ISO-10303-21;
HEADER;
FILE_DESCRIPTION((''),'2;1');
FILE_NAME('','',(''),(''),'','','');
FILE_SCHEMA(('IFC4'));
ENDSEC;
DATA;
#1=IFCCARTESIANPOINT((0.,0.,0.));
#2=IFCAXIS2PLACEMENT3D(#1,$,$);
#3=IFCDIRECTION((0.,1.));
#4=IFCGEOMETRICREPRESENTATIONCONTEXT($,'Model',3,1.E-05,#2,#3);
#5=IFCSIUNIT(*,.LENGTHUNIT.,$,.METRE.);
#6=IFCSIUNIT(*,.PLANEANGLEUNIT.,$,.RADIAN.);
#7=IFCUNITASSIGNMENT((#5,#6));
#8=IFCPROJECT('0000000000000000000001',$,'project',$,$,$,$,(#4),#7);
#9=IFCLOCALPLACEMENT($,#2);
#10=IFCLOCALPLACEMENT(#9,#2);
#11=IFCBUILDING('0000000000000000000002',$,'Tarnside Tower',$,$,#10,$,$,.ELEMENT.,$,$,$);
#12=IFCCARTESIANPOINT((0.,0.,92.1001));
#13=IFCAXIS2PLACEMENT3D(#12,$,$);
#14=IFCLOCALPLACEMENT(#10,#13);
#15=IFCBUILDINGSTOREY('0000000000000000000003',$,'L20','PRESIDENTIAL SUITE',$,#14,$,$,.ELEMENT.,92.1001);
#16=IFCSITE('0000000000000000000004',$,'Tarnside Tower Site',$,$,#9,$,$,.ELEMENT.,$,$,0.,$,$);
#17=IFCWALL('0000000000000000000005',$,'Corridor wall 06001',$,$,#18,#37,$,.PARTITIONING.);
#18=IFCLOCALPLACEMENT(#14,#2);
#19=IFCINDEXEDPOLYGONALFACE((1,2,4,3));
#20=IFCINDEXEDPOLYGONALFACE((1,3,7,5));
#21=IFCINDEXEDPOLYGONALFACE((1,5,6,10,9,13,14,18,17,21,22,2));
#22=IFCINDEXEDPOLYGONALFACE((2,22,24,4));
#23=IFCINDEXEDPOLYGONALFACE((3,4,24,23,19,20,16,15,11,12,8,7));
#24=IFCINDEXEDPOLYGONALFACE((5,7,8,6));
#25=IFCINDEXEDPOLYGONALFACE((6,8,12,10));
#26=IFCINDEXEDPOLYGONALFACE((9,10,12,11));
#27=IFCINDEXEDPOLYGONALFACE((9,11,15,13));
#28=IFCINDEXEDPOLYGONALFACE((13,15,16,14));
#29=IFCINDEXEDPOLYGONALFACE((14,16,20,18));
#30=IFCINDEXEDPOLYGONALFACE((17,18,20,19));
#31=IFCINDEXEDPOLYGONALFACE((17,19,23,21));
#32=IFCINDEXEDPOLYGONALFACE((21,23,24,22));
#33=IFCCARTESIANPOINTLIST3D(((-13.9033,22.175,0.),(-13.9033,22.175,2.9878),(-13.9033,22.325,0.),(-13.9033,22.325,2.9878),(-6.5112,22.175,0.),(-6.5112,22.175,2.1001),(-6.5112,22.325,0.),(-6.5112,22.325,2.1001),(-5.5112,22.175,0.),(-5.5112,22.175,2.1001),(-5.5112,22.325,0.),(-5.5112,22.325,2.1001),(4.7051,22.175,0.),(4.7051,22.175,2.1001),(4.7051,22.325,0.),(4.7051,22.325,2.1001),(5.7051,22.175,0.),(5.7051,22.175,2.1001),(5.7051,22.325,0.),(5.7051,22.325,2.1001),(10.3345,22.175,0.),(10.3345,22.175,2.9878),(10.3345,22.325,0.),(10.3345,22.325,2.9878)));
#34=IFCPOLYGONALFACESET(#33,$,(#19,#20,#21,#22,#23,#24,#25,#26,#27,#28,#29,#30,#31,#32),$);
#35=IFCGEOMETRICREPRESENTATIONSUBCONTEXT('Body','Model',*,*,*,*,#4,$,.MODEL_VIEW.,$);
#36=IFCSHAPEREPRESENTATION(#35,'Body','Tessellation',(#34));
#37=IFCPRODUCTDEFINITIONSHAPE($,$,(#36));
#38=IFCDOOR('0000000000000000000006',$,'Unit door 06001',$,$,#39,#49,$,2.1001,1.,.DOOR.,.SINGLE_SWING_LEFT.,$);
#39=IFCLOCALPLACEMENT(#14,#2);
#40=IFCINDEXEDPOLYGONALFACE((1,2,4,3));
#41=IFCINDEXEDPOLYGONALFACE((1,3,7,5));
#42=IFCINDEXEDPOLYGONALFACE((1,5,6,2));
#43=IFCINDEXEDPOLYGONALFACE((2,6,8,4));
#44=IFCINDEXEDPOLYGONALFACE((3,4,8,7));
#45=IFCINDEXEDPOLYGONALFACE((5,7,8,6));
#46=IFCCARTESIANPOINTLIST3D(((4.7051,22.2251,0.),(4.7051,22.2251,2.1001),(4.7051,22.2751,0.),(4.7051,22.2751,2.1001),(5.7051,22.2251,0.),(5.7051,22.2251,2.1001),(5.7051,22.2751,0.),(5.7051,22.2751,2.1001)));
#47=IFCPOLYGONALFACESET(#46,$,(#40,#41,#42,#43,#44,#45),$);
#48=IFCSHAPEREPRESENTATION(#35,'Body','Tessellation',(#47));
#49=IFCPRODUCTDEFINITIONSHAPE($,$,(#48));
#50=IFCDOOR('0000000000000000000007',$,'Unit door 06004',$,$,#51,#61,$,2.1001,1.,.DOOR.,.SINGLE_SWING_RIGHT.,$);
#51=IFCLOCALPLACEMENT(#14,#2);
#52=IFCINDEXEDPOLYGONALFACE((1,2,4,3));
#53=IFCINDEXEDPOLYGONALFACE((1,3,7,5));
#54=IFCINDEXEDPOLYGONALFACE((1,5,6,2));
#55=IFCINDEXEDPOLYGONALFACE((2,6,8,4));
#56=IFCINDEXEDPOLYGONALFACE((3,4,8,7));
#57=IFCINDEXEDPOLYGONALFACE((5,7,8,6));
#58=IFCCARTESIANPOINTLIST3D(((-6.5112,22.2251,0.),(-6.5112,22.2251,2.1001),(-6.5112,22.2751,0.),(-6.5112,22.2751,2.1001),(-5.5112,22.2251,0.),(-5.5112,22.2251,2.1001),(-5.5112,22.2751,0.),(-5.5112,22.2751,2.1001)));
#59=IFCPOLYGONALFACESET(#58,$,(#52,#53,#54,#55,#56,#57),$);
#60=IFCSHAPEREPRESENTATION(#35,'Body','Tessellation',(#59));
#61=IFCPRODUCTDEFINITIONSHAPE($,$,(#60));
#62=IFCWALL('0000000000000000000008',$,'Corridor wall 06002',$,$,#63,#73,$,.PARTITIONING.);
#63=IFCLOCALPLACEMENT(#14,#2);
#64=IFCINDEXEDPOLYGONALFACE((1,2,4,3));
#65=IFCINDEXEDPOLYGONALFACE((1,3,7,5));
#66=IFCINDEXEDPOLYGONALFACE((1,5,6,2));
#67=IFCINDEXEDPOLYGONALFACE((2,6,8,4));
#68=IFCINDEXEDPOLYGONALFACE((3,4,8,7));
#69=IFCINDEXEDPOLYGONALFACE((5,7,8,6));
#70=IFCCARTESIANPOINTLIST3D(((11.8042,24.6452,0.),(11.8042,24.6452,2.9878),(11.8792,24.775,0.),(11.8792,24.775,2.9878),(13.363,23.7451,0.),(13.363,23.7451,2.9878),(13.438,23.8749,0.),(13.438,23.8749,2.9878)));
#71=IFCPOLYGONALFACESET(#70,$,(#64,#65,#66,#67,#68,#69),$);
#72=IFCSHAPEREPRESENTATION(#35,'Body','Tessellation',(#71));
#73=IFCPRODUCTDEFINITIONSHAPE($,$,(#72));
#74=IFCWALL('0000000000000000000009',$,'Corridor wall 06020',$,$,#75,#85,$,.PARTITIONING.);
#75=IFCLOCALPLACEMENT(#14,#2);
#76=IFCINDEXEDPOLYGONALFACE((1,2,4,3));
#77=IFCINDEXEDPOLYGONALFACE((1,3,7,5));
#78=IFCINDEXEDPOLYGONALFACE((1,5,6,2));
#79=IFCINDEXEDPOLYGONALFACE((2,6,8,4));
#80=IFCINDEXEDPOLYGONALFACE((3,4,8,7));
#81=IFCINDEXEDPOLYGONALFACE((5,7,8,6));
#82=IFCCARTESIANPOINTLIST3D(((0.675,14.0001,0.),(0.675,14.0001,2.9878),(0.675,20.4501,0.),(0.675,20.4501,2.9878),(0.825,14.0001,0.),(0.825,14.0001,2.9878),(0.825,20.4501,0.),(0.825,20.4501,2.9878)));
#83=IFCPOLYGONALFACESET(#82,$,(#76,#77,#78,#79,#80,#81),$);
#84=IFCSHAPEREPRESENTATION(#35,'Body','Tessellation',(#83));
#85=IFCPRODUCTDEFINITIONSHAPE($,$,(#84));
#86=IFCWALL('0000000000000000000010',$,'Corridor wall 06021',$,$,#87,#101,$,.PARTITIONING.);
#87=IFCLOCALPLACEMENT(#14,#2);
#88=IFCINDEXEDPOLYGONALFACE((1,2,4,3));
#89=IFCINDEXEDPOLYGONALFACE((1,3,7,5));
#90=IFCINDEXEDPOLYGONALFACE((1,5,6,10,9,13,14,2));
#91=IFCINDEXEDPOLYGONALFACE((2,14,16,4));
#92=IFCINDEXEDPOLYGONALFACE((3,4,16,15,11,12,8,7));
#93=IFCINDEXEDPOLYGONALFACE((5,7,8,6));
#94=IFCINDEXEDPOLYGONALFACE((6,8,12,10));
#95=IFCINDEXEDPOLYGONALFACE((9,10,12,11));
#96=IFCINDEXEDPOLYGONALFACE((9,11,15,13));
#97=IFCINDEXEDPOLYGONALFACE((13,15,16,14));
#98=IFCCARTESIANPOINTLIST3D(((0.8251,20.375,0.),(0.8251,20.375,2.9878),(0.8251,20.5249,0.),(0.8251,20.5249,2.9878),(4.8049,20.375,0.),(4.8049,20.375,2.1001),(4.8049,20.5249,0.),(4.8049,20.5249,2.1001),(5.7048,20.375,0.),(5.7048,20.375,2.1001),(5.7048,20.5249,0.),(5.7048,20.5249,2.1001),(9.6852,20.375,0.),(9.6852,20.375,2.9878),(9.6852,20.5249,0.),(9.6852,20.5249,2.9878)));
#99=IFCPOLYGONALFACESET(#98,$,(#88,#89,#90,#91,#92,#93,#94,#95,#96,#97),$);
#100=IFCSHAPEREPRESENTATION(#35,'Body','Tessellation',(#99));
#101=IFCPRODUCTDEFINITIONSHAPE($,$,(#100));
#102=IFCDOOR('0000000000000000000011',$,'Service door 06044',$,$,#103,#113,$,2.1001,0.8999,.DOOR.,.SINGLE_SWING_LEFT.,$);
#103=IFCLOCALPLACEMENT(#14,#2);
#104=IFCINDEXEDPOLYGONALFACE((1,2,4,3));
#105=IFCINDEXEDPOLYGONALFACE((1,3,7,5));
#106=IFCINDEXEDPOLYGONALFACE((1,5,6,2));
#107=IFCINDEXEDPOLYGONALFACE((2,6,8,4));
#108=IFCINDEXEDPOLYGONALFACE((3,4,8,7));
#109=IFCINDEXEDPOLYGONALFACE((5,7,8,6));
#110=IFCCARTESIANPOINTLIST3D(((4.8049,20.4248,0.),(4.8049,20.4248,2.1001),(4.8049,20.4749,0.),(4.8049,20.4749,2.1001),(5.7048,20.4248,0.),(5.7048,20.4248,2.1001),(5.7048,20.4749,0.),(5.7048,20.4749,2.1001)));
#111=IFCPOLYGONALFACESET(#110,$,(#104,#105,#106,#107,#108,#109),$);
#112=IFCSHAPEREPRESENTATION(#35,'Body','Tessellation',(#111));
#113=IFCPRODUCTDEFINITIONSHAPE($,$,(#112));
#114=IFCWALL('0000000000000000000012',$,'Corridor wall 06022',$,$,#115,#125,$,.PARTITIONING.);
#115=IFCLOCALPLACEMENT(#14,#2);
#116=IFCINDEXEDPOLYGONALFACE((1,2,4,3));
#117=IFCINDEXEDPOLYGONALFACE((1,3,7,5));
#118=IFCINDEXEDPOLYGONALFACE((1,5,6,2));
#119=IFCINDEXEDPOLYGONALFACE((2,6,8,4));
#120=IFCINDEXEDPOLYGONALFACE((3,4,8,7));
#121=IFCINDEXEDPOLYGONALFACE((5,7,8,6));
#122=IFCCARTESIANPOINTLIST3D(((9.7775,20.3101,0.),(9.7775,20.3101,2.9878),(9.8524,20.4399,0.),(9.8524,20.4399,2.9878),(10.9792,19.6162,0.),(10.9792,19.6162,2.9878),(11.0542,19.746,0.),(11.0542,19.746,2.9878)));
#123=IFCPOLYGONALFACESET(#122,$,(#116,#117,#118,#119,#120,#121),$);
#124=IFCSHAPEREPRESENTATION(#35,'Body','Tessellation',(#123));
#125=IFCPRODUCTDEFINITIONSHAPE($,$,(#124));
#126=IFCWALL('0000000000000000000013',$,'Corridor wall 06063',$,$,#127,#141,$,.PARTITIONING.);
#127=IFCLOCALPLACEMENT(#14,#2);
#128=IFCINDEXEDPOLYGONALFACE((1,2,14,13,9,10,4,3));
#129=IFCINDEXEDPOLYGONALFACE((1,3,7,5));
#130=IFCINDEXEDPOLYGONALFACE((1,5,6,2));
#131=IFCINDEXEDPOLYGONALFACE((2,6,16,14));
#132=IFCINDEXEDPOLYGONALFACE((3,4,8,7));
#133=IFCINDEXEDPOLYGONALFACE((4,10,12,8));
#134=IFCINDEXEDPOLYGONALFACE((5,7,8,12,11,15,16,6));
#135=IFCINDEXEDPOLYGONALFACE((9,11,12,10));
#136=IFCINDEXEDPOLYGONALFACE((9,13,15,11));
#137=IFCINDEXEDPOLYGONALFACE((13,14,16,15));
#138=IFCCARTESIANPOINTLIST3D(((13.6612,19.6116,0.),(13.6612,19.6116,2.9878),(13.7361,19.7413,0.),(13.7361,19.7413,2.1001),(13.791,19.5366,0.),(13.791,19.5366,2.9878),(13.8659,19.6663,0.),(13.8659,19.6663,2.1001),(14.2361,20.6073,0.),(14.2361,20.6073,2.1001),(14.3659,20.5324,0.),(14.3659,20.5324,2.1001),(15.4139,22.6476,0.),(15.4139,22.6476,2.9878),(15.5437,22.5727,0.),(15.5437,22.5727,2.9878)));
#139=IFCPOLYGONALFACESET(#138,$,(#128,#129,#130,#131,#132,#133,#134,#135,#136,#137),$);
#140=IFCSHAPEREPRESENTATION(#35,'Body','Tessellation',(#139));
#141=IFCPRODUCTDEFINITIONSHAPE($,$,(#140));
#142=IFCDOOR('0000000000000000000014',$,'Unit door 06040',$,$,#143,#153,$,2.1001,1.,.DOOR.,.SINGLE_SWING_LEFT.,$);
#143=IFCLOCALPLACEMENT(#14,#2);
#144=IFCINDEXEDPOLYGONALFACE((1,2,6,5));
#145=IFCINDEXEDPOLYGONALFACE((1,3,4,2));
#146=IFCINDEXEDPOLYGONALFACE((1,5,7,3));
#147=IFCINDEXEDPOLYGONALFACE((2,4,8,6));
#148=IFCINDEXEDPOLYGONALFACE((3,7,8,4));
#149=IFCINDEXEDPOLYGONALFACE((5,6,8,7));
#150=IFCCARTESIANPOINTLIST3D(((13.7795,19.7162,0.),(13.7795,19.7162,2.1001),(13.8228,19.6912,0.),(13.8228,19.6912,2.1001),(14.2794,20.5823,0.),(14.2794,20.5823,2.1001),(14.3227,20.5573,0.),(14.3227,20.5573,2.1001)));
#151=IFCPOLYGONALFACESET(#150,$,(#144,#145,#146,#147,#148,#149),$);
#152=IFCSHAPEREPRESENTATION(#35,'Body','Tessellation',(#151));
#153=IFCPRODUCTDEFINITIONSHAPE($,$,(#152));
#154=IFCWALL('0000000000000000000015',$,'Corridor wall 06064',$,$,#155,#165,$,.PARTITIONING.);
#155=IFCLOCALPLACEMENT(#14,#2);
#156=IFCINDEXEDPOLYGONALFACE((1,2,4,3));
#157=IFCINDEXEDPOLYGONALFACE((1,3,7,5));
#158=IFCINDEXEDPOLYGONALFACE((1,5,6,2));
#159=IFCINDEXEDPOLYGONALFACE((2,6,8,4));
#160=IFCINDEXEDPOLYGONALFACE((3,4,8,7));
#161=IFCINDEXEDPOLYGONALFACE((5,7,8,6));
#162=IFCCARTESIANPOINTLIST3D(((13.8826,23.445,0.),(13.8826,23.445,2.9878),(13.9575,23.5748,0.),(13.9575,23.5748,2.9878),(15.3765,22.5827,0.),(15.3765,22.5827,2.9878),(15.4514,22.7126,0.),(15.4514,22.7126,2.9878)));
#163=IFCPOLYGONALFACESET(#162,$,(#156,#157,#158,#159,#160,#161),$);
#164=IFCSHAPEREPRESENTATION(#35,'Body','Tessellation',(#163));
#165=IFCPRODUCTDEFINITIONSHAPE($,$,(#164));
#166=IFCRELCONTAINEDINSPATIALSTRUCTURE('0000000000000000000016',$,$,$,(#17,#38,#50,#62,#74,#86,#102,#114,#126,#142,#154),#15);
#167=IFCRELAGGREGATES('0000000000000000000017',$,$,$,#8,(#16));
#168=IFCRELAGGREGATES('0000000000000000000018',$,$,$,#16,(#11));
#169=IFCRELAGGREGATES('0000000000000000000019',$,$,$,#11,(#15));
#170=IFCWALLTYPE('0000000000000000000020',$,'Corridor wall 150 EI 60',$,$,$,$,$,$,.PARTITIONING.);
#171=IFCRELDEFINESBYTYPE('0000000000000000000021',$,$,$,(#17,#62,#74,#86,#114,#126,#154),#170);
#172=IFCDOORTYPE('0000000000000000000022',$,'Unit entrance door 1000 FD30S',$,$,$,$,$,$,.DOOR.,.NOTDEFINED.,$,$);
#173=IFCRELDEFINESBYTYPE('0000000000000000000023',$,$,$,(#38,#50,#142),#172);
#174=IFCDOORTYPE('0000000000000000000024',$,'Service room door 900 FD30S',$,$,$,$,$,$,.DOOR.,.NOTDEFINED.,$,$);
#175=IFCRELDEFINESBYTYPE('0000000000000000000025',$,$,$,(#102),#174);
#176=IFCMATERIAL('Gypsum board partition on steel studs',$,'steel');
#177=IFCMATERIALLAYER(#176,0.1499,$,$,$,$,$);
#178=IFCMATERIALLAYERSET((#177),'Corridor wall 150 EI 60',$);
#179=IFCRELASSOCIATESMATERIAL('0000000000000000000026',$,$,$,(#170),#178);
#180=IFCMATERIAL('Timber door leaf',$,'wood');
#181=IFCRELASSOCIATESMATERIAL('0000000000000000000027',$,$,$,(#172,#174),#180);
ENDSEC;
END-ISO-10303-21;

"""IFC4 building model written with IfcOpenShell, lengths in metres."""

from ifc_helpers import new_model, si_unit, direction, frame, frame_2d, origin, place, context, subcontext, project, spatial, rectangle, extrude, material, layer, layer_set, type_object, element, fill, save


model = new_model("IFC4")

# Units and contexts
model_context = context("Model", 3, precision=1e-05, world=origin(), true_north=direction((0.0, 1.0)))
body_context = subcontext(model_context, "Body", "Model", "MODEL_VIEW")
ifc_project = project(units=[si_unit("LENGTHUNIT", "METRE"), si_unit("PLANEANGLEUNIT", "RADIAN")], contexts=[model_context])

# Site, building, storey
site_placement = place(None, origin())
site = spatial("IfcSite", under=ifc_project, at=site_placement, Name="Tarnside Tower Site", CompositionType="ELEMENT", RefElevation=0.0)
building_placement = place(site_placement, origin())
building = spatial("IfcBuilding", under=site, at=building_placement, Name="Tarnside Tower", CompositionType="ELEMENT")
storey_placement = place(building_placement, frame((0.0, 0.0, 92.1001)))
storey = spatial("IfcBuildingStorey", under=building, at=storey_placement, Name="L20", Description="PRESIDENTIAL SUITE", CompositionType="ELEMENT", Elevation=92.1001)

# Shared definitions
ifc_material_1 = material(Name="Gypsum board partition on steel studs", Category="steel")
ifc_material_2 = material(Name="Timber door leaf", Category="wood")

# Wall, openings, doors
ifc_layer_1 = layer(ifc_material_1, 0.1499)
ifc_layer_set_1 = layer_set([ifc_layer_1], Name="Corridor wall 150 EI 60")
wall_type_1 = type_object("IfcWallType", Name="Corridor wall 150 EI 60", PredefinedType="PARTITIONING", material=ifc_layer_set_1)
wall_1_placement = place(storey_placement, frame((10.3345, 22.25, 0.0), z_axis=(0.0, 0.0, 1.0), x_axis=(-1.0, 0.0, 0.0)))
wall_1 = element("IfcWall", 1, at=wall_1_placement, inside=storey, type_object=wall_type_1, Name="Corridor wall 06001", PredefinedType="PARTITIONING", context=body_context, shape_type="SweptSolid", body=[
    extrude(rectangle(XDim=24.2378, YDim=0.1499, at=frame_2d((12.1189, 0.0))), origin(), (0.0, 0.0, 1.0), 2.9878),
])
opening_1_placement = place(wall_1_placement, frame((4.6294, 0.0, 0.0)))
opening_1 = element("IfcOpeningElement", 2, at=opening_1_placement, cuts=wall_1, PredefinedType="OPENING", context=body_context, shape_type="SweptSolid", body=[
    extrude(rectangle(XDim=1.0, YDim=2.1001, at=frame_2d((0.5, 1.05))), frame((0.0, 0.085, 0.0), z_axis=(0.0, -1.0, 0.0), x_axis=(1.0, 0.0, 0.0)), (0.0, 0.0, 1.0), 0.1699),
])
opening_2_placement = place(wall_1_placement, frame((15.8457, 0.0, 0.0)))
opening_2 = element("IfcOpeningElement", 3, at=opening_2_placement, cuts=wall_1, PredefinedType="OPENING", context=body_context, shape_type="SweptSolid", body=[
    extrude(rectangle(XDim=1.0, YDim=2.1001, at=frame_2d((0.5, 1.05))), frame((0.0, 0.085, 0.0), z_axis=(0.0, -1.0, 0.0), x_axis=(1.0, 0.0, 0.0)), (0.0, 0.0, 1.0), 0.1699),
])
door_type_1 = type_object("IfcDoorType", Name="Unit entrance door 1000 FD30S", OperationType="NOTDEFINED", PredefinedType="DOOR", material=ifc_material_2)
door_1_placement = place(opening_1_placement, origin())
door_1 = element("IfcDoor", 4, at=door_1_placement, inside=storey, type_object=door_type_1, Name="Unit door 06001", OperationType="SINGLE_SWING_LEFT", OverallHeight=2.1001, OverallWidth=1.0, PredefinedType="DOOR", context=body_context, shape_type="SweptSolid", body=[
    extrude(rectangle(XDim=1.0, YDim=2.1001, at=frame_2d((0.5, 1.05))), frame((0.0, 0.0249, 0.0), z_axis=(0.0, -1.0, 0.0), x_axis=(1.0, 0.0, 0.0)), (0.0, 0.0, 1.0), 0.05),
])
fill(opening_1, door_1)
door_2_placement = place(opening_2_placement, origin())
door_2 = element("IfcDoor", 5, at=door_2_placement, inside=storey, type_object=door_type_1, Name="Unit door 06004", OperationType="SINGLE_SWING_RIGHT", OverallHeight=2.1001, OverallWidth=1.0, PredefinedType="DOOR", context=body_context, shape_type="SweptSolid", body=[
    extrude(rectangle(XDim=1.0, YDim=2.1001, at=frame_2d((0.5, 1.05))), frame((0.0, 0.0249, 0.0), z_axis=(0.0, -1.0, 0.0), x_axis=(1.0, 0.0, 0.0)), (0.0, 0.0, 1.0), 0.05),
])
fill(opening_2, door_2)

# Walls
wall_2_placement = place(storey_placement, frame((13.4004, 23.8101, 0.0), z_axis=(0.0, 0.0, 1.0), x_axis=(-0.865989, 0.500063, 0.0)))
element("IfcWall", 6, at=wall_2_placement, inside=storey, type_object=wall_type_1, Name="Corridor wall 06002", PredefinedType="PARTITIONING", context=body_context, shape_type="SweptSolid", body=[
    extrude(rectangle(XDim=1.8, YDim=0.1499, at=frame_2d((0.8999, 0.0))), origin(), (0.0, 0.0, 1.0), 2.9878),
])
wall_3_placement = place(storey_placement, frame((0.75, 14.0, 0.0), z_axis=(0.0, 0.0, 1.0), x_axis=(0.0, 1.0, 0.0)))
element("IfcWall", 7, at=wall_3_placement, inside=storey, type_object=wall_type_1, Name="Corridor wall 06020", PredefinedType="PARTITIONING", context=body_context, shape_type="SweptSolid", body=[
    extrude(rectangle(XDim=6.45, YDim=0.1499, at=frame_2d((3.2251, 0.0))), origin(), (0.0, 0.0, 1.0), 2.9878),
])

# Wall, opening, door
wall_4_placement = place(storey_placement, frame((0.825, 20.45, 0.0), z_axis=(0.0, 0.0, 1.0), x_axis=(1.0, 0.0, 0.0)))
wall_4 = element("IfcWall", 8, at=wall_4_placement, inside=storey, type_object=wall_type_1, Name="Corridor wall 06021", PredefinedType="PARTITIONING", context=body_context, shape_type="SweptSolid", body=[
    extrude(rectangle(XDim=8.8601, YDim=0.1499, at=frame_2d((4.4302, 0.0))), origin(), (0.0, 0.0, 1.0), 2.9878),
])
opening_3_placement = place(wall_4_placement, frame((3.98, 0.0, 0.0)))
opening_3 = element("IfcOpeningElement", 9, at=opening_3_placement, cuts=wall_4, PredefinedType="OPENING", context=body_context, shape_type="SweptSolid", body=[
    extrude(rectangle(XDim=0.8999, YDim=2.1001, at=frame_2d((0.45, 1.05))), frame((0.0, 0.085, 0.0), z_axis=(0.0, -1.0, 0.0), x_axis=(1.0, 0.0, 0.0)), (0.0, 0.0, 1.0), 0.1699),
])
door_type_2 = type_object("IfcDoorType", Name="Service room door 900 FD30S", OperationType="NOTDEFINED", PredefinedType="DOOR", material=ifc_material_2)
door_3_placement = place(opening_3_placement, origin())
door_3 = element("IfcDoor", 10, at=door_3_placement, inside=storey, type_object=door_type_2, Name="Service door 06044", OperationType="SINGLE_SWING_LEFT", OverallHeight=2.1001, OverallWidth=0.8999, PredefinedType="DOOR", context=body_context, shape_type="SweptSolid", body=[
    extrude(rectangle(XDim=0.8999, YDim=2.1001, at=frame_2d((0.45, 1.05))), frame((0.0, 0.0249, 0.0), z_axis=(0.0, -1.0, 0.0), x_axis=(1.0, 0.0, 0.0)), (0.0, 0.0, 1.0), 0.05),
])
fill(opening_3, door_3)

# Wall
wall_5_placement = place(storey_placement, frame((9.8149, 20.375, 0.0), z_axis=(0.0, 0.0, 1.0), x_axis=(0.866004, -0.500037, 0.0)))
element("IfcWall", 11, at=wall_5_placement, inside=storey, type_object=wall_type_1, Name="Corridor wall 06022", PredefinedType="PARTITIONING", context=body_context, shape_type="SweptSolid", body=[
    extrude(rectangle(XDim=1.3877, YDim=0.1499, at=frame_2d((0.6938, 0.0))), origin(), (0.0, 0.0, 1.0), 2.9878),
])

# Wall, opening, door
wall_6_placement = place(storey_placement, frame((13.7261, 19.574, 0.0), z_axis=(0.0, 0.0, 1.0), x_axis=(0.499952, 0.866053, 0.0)))
wall_6 = element("IfcWall", 12, at=wall_6_placement, inside=storey, type_object=wall_type_1, Name="Corridor wall 06063", PredefinedType="PARTITIONING", context=body_context, shape_type="SweptSolid", body=[
    extrude(rectangle(XDim=3.5056, YDim=0.1499, at=frame_2d((1.7529, 0.0))), origin(), (0.0, 0.0, 1.0), 2.9878),
])
opening_4_placement = place(wall_6_placement, frame((0.1499, 0.0, 0.0)))
opening_4 = element("IfcOpeningElement", 13, at=opening_4_placement, cuts=wall_6, PredefinedType="OPENING", context=body_context, shape_type="SweptSolid", body=[
    extrude(rectangle(XDim=1.0, YDim=2.1001, at=frame_2d((0.5, 1.05))), frame((0.0, 0.085, 0.0), z_axis=(0.0, -1.0, 0.0), x_axis=(1.0, 0.0, 0.0)), (0.0, 0.0, 1.0), 0.1699),
])
door_4_placement = place(opening_4_placement, origin())
door_4 = element("IfcDoor", 14, at=door_4_placement, inside=storey, type_object=door_type_1, Name="Unit door 06040", OperationType="SINGLE_SWING_LEFT", OverallHeight=2.1001, OverallWidth=1.0, PredefinedType="DOOR", context=body_context, shape_type="SweptSolid", body=[
    extrude(rectangle(XDim=1.0, YDim=2.1001, at=frame_2d((0.5, 1.05))), frame((0.0, 0.0249, 0.0), z_axis=(0.0, -1.0, 0.0), x_axis=(1.0, 0.0, 0.0)), (0.0, 0.0, 1.0), 0.05),
])
fill(opening_4, door_4)

# Wall
wall_7_placement = place(storey_placement, frame((15.4138, 22.6477, 0.0), z_axis=(0.0, 0.0, 1.0), x_axis=(-0.866075, 0.499914, 0.0)))
element("IfcWall", 15, at=wall_7_placement, inside=storey, type_object=wall_type_1, Name="Corridor wall 06064", PredefinedType="PARTITIONING", context=body_context, shape_type="SweptSolid", body=[
    extrude(rectangle(XDim=1.7249, YDim=0.1499, at=frame_2d((0.8623, 0.0))), origin(), (0.0, 0.0, 1.0), 2.9878),
])

save(model, "model.ifc")
